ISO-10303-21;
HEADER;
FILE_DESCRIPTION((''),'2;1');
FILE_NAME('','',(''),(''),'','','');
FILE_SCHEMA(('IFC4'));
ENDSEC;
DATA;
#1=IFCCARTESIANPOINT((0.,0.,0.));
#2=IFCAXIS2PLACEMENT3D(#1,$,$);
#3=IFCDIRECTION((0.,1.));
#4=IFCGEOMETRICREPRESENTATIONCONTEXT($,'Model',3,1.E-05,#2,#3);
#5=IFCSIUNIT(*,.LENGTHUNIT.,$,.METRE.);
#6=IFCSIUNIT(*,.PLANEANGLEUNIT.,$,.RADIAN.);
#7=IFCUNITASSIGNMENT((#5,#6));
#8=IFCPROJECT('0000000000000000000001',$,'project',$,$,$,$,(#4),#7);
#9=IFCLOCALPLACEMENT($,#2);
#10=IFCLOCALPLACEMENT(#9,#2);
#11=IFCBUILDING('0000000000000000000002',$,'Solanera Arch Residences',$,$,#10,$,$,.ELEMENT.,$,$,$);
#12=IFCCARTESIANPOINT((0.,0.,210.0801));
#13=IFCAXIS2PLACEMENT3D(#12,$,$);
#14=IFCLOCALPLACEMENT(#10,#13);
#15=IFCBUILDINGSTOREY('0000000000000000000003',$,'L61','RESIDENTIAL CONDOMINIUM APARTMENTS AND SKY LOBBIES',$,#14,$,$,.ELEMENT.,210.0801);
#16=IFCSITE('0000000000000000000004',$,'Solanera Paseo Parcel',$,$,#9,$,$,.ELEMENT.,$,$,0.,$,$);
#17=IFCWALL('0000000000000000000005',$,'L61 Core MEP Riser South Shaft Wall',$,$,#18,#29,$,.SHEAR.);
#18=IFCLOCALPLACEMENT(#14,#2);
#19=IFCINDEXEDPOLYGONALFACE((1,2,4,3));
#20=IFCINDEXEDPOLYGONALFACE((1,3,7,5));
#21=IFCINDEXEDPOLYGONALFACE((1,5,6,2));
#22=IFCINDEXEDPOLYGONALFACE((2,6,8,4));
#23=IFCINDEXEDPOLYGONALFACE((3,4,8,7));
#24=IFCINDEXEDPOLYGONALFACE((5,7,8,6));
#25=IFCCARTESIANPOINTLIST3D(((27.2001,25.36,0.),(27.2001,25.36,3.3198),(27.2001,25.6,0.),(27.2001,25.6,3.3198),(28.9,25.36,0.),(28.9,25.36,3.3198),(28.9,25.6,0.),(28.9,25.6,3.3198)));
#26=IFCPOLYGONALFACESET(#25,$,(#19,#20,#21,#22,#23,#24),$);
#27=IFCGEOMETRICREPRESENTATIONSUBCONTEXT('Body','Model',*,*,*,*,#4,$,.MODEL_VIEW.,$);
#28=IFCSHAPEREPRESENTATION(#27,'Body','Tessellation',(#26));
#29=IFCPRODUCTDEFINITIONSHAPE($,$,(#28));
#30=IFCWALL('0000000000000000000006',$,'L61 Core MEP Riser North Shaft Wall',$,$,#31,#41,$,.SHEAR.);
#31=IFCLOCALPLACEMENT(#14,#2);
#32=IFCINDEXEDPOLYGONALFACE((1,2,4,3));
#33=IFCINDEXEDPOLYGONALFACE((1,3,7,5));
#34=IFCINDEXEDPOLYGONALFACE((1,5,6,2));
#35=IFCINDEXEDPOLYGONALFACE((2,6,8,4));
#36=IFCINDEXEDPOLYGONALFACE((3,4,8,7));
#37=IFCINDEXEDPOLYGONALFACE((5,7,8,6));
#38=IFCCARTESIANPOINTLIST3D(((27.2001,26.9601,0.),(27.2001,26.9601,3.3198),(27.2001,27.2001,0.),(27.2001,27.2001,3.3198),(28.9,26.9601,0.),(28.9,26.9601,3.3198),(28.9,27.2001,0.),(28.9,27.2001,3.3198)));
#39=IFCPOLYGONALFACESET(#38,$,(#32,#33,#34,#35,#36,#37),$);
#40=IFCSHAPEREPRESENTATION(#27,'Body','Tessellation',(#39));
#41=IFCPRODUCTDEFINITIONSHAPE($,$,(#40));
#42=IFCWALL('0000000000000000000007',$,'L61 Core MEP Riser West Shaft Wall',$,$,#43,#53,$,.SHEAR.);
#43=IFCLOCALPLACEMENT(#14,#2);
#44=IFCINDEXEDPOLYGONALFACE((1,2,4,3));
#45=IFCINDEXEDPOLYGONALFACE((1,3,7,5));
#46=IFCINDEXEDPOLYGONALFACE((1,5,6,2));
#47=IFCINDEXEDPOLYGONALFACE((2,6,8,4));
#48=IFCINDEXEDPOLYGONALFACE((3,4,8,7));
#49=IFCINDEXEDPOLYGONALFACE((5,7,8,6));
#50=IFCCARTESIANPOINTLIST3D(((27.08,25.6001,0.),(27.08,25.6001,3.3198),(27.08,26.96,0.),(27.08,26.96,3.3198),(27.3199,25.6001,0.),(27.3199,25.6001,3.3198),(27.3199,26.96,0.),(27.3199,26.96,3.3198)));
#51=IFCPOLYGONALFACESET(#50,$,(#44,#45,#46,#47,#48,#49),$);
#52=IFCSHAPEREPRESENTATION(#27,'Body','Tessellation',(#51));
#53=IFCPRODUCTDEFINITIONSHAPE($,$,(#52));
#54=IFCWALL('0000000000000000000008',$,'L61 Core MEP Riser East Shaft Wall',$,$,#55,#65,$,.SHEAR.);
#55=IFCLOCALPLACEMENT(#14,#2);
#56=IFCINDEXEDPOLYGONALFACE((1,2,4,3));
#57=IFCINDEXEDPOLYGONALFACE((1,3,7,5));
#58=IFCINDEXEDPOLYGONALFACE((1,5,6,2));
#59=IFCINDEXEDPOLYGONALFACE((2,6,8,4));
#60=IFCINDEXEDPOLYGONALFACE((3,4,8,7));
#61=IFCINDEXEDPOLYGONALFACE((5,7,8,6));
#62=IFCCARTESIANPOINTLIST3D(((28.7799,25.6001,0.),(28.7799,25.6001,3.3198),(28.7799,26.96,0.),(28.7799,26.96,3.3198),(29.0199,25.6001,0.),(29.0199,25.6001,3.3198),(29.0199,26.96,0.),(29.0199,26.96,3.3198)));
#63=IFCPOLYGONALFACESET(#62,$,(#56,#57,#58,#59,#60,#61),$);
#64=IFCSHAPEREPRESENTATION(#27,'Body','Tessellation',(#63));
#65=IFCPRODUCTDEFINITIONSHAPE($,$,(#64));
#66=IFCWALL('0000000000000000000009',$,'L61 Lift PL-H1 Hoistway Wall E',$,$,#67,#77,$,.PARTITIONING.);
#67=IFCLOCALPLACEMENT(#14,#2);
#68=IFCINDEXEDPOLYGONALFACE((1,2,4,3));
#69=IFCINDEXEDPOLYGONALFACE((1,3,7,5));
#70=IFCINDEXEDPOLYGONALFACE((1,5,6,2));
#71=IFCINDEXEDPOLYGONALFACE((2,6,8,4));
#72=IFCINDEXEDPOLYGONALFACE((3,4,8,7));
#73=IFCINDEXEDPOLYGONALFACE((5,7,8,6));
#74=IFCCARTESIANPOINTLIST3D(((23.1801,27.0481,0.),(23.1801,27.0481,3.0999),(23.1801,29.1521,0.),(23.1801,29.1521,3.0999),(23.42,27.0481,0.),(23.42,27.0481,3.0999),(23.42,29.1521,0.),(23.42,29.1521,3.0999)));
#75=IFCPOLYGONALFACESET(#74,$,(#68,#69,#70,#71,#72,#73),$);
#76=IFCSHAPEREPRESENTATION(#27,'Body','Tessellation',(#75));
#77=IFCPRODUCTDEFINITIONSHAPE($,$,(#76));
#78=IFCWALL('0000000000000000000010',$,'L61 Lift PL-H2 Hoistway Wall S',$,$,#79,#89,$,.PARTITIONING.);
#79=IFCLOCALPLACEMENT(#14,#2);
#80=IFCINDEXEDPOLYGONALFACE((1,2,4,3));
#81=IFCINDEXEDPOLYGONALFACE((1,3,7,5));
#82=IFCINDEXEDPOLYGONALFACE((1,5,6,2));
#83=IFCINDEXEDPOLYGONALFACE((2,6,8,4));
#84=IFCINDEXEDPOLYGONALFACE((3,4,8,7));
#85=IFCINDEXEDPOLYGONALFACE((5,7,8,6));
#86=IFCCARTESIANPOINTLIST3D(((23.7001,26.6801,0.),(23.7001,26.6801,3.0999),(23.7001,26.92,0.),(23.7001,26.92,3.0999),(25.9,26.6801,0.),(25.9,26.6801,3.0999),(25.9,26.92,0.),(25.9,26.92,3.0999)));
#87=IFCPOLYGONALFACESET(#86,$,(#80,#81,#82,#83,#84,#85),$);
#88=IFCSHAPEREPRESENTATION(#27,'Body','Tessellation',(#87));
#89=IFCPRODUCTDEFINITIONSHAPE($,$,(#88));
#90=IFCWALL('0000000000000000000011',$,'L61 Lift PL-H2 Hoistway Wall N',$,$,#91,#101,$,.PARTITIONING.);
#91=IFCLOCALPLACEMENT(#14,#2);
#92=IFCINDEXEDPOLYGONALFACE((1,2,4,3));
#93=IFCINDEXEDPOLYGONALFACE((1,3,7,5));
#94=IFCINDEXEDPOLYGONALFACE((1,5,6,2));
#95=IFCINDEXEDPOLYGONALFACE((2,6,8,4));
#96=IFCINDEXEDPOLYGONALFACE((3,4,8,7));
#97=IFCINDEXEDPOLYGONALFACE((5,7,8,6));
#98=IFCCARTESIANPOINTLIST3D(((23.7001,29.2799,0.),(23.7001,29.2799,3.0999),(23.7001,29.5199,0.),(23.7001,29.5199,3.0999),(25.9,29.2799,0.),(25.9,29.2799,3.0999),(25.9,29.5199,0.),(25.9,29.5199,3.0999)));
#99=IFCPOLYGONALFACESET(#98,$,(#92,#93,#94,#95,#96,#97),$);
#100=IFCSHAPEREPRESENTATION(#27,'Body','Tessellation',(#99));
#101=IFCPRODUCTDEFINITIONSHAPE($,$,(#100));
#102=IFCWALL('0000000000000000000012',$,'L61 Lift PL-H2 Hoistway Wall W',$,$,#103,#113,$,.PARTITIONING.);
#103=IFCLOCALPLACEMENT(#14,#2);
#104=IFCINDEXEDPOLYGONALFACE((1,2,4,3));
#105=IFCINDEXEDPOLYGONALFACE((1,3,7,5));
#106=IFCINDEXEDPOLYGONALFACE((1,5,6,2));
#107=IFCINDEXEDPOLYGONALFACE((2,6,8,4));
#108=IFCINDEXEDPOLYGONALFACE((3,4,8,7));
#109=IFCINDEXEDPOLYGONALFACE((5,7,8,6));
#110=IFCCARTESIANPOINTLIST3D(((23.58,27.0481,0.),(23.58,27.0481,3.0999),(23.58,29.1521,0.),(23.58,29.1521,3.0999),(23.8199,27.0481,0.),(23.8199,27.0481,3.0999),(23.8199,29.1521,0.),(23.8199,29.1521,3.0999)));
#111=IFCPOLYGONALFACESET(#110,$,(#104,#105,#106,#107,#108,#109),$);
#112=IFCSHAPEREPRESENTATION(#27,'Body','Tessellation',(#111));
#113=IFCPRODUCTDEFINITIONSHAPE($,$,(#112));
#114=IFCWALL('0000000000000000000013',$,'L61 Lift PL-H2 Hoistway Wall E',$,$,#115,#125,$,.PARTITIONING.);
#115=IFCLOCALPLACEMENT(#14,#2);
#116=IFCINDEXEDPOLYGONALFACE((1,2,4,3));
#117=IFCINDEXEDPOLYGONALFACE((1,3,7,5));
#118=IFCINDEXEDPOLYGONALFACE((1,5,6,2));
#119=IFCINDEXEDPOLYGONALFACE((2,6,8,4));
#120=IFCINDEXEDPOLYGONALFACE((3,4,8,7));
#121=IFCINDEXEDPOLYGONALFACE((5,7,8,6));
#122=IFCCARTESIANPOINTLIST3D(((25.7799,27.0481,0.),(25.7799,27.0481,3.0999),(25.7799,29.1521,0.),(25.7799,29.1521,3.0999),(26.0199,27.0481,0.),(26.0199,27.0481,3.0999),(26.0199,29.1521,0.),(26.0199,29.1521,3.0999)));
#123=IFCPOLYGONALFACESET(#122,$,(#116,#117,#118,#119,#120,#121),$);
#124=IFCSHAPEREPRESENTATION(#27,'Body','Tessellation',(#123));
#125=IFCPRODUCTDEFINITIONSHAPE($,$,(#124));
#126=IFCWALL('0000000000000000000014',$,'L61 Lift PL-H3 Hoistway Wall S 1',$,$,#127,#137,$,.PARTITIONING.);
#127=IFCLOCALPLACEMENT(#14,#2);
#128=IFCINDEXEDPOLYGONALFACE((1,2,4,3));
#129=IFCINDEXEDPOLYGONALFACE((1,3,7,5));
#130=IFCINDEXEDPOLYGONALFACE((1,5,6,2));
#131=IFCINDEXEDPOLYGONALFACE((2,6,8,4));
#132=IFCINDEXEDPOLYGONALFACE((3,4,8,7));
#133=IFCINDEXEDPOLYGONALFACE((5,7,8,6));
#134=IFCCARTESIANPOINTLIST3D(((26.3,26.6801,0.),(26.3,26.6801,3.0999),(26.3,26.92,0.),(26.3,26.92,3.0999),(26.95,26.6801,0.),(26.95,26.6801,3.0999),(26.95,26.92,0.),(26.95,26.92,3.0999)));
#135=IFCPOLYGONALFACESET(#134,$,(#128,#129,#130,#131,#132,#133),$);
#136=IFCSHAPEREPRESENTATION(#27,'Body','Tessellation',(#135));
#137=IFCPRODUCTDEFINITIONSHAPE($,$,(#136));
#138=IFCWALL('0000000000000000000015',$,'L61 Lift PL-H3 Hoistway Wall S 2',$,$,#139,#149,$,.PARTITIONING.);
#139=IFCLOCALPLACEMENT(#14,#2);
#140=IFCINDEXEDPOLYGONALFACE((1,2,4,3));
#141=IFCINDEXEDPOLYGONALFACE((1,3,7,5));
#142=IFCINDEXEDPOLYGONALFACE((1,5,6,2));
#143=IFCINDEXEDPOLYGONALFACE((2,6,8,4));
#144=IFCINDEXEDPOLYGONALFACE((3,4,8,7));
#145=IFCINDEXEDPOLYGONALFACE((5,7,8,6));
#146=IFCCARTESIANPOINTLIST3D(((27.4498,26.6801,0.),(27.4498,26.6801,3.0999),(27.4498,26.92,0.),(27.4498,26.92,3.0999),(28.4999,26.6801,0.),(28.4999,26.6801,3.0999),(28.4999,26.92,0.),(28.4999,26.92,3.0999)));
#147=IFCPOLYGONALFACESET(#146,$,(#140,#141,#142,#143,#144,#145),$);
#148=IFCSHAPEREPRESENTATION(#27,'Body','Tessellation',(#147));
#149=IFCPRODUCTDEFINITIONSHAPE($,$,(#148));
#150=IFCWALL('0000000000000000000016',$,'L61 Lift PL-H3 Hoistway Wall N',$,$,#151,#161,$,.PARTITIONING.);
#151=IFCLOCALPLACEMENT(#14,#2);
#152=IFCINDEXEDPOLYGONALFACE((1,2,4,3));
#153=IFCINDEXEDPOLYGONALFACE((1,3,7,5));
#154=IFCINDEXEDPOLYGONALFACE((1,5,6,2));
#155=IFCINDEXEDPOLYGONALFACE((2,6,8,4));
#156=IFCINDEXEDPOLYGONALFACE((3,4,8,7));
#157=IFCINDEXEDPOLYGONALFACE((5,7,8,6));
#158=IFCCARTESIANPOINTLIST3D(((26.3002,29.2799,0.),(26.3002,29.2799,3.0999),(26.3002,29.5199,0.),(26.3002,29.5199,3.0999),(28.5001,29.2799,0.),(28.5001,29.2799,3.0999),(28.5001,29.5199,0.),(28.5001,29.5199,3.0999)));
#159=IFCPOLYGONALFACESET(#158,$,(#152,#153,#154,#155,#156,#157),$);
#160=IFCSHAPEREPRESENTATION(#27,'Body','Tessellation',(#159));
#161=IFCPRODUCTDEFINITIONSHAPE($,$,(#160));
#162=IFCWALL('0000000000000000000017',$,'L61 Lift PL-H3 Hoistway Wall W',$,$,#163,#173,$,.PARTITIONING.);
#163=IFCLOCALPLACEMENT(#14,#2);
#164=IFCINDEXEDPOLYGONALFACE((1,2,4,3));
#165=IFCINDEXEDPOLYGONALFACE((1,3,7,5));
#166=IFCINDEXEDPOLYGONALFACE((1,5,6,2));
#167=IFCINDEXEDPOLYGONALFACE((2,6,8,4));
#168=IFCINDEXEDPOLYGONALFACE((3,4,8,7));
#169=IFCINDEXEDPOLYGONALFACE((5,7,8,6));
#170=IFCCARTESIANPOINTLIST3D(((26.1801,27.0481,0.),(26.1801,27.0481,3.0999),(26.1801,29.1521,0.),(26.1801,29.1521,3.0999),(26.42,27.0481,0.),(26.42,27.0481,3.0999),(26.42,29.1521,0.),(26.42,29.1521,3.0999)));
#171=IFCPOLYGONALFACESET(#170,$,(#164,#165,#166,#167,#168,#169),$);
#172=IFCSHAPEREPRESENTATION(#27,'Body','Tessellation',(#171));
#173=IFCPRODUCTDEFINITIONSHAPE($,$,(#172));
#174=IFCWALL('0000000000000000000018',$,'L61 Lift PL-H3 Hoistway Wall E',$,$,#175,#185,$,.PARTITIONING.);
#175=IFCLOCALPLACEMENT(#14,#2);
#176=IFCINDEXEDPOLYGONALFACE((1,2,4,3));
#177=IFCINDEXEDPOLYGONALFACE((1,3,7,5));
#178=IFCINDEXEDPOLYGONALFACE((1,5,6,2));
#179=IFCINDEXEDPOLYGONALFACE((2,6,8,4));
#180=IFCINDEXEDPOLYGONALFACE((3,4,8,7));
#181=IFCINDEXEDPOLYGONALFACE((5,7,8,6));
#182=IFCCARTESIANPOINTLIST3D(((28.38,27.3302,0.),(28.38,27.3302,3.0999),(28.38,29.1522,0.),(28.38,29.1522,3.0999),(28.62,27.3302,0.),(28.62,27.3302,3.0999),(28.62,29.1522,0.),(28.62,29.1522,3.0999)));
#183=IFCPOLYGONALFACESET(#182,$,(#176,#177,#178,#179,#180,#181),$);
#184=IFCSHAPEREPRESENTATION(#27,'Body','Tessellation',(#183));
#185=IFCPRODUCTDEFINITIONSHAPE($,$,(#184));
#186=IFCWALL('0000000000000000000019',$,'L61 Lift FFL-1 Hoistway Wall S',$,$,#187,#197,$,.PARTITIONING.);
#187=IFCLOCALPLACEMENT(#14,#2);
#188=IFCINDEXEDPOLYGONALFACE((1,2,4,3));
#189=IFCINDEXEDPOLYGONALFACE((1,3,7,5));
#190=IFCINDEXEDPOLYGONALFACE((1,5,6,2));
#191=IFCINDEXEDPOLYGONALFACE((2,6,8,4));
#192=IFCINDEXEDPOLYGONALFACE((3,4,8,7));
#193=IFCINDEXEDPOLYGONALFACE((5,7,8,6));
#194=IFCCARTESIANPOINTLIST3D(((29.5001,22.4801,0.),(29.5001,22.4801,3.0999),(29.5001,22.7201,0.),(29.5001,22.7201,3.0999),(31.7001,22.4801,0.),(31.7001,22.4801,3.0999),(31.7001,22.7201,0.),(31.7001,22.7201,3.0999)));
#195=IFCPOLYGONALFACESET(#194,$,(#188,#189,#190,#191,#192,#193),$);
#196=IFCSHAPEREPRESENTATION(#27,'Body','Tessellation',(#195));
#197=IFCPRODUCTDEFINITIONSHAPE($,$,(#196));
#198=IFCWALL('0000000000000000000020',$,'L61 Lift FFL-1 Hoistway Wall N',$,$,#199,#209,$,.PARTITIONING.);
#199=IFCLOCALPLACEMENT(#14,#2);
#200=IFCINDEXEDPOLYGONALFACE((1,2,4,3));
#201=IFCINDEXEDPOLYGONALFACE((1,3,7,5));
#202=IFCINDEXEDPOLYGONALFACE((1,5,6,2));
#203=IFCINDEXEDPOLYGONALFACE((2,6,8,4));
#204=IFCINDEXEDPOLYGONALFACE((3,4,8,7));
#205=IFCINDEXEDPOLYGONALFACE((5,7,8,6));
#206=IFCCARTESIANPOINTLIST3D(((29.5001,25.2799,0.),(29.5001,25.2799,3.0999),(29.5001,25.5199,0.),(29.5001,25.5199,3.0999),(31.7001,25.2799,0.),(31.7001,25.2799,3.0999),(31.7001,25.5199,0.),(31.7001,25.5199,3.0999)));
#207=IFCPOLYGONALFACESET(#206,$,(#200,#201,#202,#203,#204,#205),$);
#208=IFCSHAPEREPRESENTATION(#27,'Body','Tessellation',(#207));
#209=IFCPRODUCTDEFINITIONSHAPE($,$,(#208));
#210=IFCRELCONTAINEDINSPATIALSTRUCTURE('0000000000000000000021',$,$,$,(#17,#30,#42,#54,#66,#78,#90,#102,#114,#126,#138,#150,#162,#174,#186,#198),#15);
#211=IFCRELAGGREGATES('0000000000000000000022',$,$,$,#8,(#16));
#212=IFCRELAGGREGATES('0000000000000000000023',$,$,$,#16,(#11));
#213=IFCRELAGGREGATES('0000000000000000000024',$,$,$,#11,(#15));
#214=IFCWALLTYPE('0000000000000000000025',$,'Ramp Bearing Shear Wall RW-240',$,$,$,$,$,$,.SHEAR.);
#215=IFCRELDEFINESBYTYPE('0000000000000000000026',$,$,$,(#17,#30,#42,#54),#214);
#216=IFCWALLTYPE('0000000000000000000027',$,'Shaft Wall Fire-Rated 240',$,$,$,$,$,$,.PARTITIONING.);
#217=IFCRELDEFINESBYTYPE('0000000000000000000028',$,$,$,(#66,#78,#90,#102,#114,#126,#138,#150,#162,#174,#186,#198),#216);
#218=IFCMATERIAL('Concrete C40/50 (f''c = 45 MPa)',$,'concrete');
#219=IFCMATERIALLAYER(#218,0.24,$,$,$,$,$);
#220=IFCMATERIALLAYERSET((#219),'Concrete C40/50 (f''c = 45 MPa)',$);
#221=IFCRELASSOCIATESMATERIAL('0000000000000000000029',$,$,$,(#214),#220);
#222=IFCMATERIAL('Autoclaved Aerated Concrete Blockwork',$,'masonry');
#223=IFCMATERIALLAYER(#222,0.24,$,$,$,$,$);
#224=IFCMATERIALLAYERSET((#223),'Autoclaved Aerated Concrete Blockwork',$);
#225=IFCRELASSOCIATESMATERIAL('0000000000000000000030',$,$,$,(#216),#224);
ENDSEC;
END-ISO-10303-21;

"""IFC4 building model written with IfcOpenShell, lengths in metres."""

from ifc_helpers import new_model, si_unit, direction, frame, frame_2d, origin, place, context, subcontext, project, spatial, rectangle, extrude, material, layer, layer_set, type_object, element, save


model = new_model("IFC4")

# Units and contexts
model_context = context("Model", 3, precision=1e-05, world=origin(), true_north=direction((0.0, 1.0)))
body_context = subcontext(model_context, "Body", "Model", "MODEL_VIEW")
ifc_project = project(units=[si_unit("LENGTHUNIT", "METRE"), si_unit("PLANEANGLEUNIT", "RADIAN")], contexts=[model_context])

# Site, building, storey
site_placement = place(None, origin())
site = spatial("IfcSite", under=ifc_project, at=site_placement, Name="Solanera Paseo Parcel", CompositionType="ELEMENT", RefElevation=0.0)
building_placement = place(site_placement, origin())
building = spatial("IfcBuilding", under=site, at=building_placement, Name="Solanera Arch Residences", CompositionType="ELEMENT")
storey_placement = place(building_placement, frame((0.0, 0.0, 210.0801)))
storey = spatial("IfcBuildingStorey", under=building, at=storey_placement, Name="L61", Description="RESIDENTIAL CONDOMINIUM APARTMENTS AND SKY LOBBIES", CompositionType="ELEMENT", Elevation=210.0801)

# Walls
ifc_material_1 = material(Name="Concrete C40/50 (f'c = 45 MPa)", Category="concrete")
ifc_layer_1 = layer(ifc_material_1, 0.24)
ifc_layer_set_1 = layer_set([ifc_layer_1], Name="Concrete C40/50 (f'c = 45 MPa)")
wall_type_1 = type_object("IfcWallType", Name="Ramp Bearing Shear Wall RW-240", PredefinedType="SHEAR", material=ifc_layer_set_1)
for number, where, z_axis, x_axis, name in (
    (1, (27.2, 25.48, 0.0), (0.0, 0.0, 1.0), (1.0, 0.0, 0.0), "L61 Core MEP Riser South Shaft Wall"),
    (2, (27.2, 27.0801, 0.0), (0.0, 0.0, 1.0), (1.0, 0.0, 0.0), "L61 Core MEP Riser North Shaft Wall"),
):
    element("IfcWall", number, at=place(storey_placement, frame(where, z_axis=z_axis, x_axis=x_axis)), inside=storey, type_object=wall_type_1, Name=name, PredefinedType="SHEAR", context=body_context, shape_type="SweptSolid", body=[
        extrude(rectangle(XDim=1.7, YDim=0.24, at=frame_2d((0.8501, 0.0))), origin(), (0.0, 0.0, 1.0), 3.3198),
    ])
for number, where, z_axis, x_axis, name in (
    (3, (27.2, 25.6001, 0.0), (0.0, 0.0, 1.0), (0.0, 1.0, 0.0), "L61 Core MEP Riser West Shaft Wall"),
    (4, (28.8999, 25.6001, 0.0), (0.0, 0.0, 1.0), (0.0, 1.0, 0.0), "L61 Core MEP Riser East Shaft Wall"),
):
    element("IfcWall", number, at=place(storey_placement, frame(where, z_axis=z_axis, x_axis=x_axis)), inside=storey, type_object=wall_type_1, Name=name, PredefinedType="SHEAR", context=body_context, shape_type="SweptSolid", body=[
        extrude(rectangle(XDim=1.3599, YDim=0.24, at=frame_2d((0.6799, 0.0))), origin(), (0.0, 0.0, 1.0), 3.3198),
    ])
ifc_material_2 = material(Name="Autoclaved Aerated Concrete Blockwork", Category="masonry")
ifc_layer_2 = layer(ifc_material_2, 0.24)
ifc_layer_set_2 = layer_set([ifc_layer_2], Name="Autoclaved Aerated Concrete Blockwork")
wall_type_2 = type_object("IfcWallType", Name="Shaft Wall Fire-Rated 240", PredefinedType="PARTITIONING", material=ifc_layer_set_2)
wall_1_placement = place(storey_placement, frame((23.3, 27.0481, 0.0), z_axis=(0.0, 0.0, 1.0), x_axis=(0.0, 1.0, 0.0)))
element("IfcWall", 5, at=wall_1_placement, inside=storey, type_object=wall_type_2, Name="L61 Lift PL-H1 Hoistway Wall E", PredefinedType="PARTITIONING", context=body_context, shape_type="SweptSolid", body=[
    extrude(rectangle(XDim=2.104, YDim=0.24, at=frame_2d((1.052, 0.0))), origin(), (0.0, 0.0, 1.0), 3.0999),
])
for number, where, z_axis, x_axis, name in (
    (6, (23.7, 26.8, 0.0), (0.0, 0.0, 1.0), (1.0, 0.0, 0.0), "L61 Lift PL-H2 Hoistway Wall S"),
    (7, (23.7, 29.3999, 0.0), (0.0, 0.0, 1.0), (1.0, 0.0, 0.0), "L61 Lift PL-H2 Hoistway Wall N"),
):
    element("IfcWall", number, at=place(storey_placement, frame(where, z_axis=z_axis, x_axis=x_axis)), inside=storey, type_object=wall_type_2, Name=name, PredefinedType="PARTITIONING", context=body_context, shape_type="SweptSolid", body=[
        extrude(rectangle(XDim=2.2, YDim=0.24, at=frame_2d((1.1001, 0.0))), origin(), (0.0, 0.0, 1.0), 3.0999),
    ])
for number, where, z_axis, x_axis, name in (
    (8, (23.7, 27.0481, 0.0), (0.0, 0.0, 1.0), (0.0, 1.0, 0.0), "L61 Lift PL-H2 Hoistway Wall W"),
    (9, (25.8999, 27.0481, 0.0), (0.0, 0.0, 1.0), (0.0, 1.0, 0.0), "L61 Lift PL-H2 Hoistway Wall E"),
):
    element("IfcWall", number, at=place(storey_placement, frame(where, z_axis=z_axis, x_axis=x_axis)), inside=storey, type_object=wall_type_2, Name=name, PredefinedType="PARTITIONING", context=body_context, shape_type="SweptSolid", body=[
        extrude(rectangle(XDim=2.104, YDim=0.24, at=frame_2d((1.052, 0.0))), origin(), (0.0, 0.0, 1.0), 3.0999),
    ])
wall_2_placement = place(storey_placement, frame((26.3, 26.8, 0.0), z_axis=(0.0, 0.0, 1.0), x_axis=(1.0, 0.0, 0.0)))
element("IfcWall", 10, at=wall_2_placement, inside=storey, type_object=wall_type_2, Name="L61 Lift PL-H3 Hoistway Wall S 1", PredefinedType="PARTITIONING", context=body_context, shape_type="SweptSolid", body=[
    extrude(rectangle(XDim=0.6499, YDim=0.24, at=frame_2d((0.325, 0.0))), origin(), (0.0, 0.0, 1.0), 3.0999),
])
wall_3_placement = place(storey_placement, frame((27.45, 26.8, 0.0), z_axis=(0.0, 0.0, 1.0), x_axis=(1.0, 0.0, 0.0)))
element("IfcWall", 11, at=wall_3_placement, inside=storey, type_object=wall_type_2, Name="L61 Lift PL-H3 Hoistway Wall S 2", PredefinedType="PARTITIONING", context=body_context, shape_type="SweptSolid", body=[
    extrude(rectangle(XDim=1.05, YDim=0.24, at=frame_2d((0.5249, 0.0))), origin(), (0.0, 0.0, 1.0), 3.0999),
])
wall_4_placement = place(storey_placement, frame((26.3, 29.3999, 0.0), z_axis=(0.0, 0.0, 1.0), x_axis=(1.0, 0.0, 0.0)))
element("IfcWall", 12, at=wall_4_placement, inside=storey, type_object=wall_type_2, Name="L61 Lift PL-H3 Hoistway Wall N", PredefinedType="PARTITIONING", context=body_context, shape_type="SweptSolid", body=[
    extrude(rectangle(XDim=2.2, YDim=0.24, at=frame_2d((1.1001, 0.0))), origin(), (0.0, 0.0, 1.0), 3.0999),
])
wall_5_placement = place(storey_placement, frame((26.3, 27.0481, 0.0), z_axis=(0.0, 0.0, 1.0), x_axis=(0.0, 1.0, 0.0)))
element("IfcWall", 13, at=wall_5_placement, inside=storey, type_object=wall_type_2, Name="L61 Lift PL-H3 Hoistway Wall W", PredefinedType="PARTITIONING", context=body_context, shape_type="SweptSolid", body=[
    extrude(rectangle(XDim=2.104, YDim=0.24, at=frame_2d((1.052, 0.0))), origin(), (0.0, 0.0, 1.0), 3.0999),
])
wall_6_placement = place(storey_placement, frame((28.5, 27.3301, 0.0), z_axis=(0.0, 0.0, 1.0), x_axis=(0.0, 1.0, 0.0)))
element("IfcWall", 14, at=wall_6_placement, inside=storey, type_object=wall_type_2, Name="L61 Lift PL-H3 Hoistway Wall E", PredefinedType="PARTITIONING", context=body_context, shape_type="SweptSolid", body=[
    extrude(rectangle(XDim=1.822, YDim=0.24, at=frame_2d((0.9111, 0.0))), origin(), (0.0, 0.0, 1.0), 3.0999),
])
for number, where, z_axis, x_axis, name in (
    (15, (29.5, 22.6001, 0.0), (0.0, 0.0, 1.0), (1.0, 0.0, 0.0), "L61 Lift FFL-1 Hoistway Wall S"),
    (16, (29.5, 25.3999, 0.0), (0.0, 0.0, 1.0), (1.0, 0.0, 0.0), "L61 Lift FFL-1 Hoistway Wall N"),
):
    element("IfcWall", number, at=place(storey_placement, frame(where, z_axis=z_axis, x_axis=x_axis)), inside=storey, type_object=wall_type_2, Name=name, PredefinedType="PARTITIONING", context=body_context, shape_type="SweptSolid", body=[
        extrude(rectangle(XDim=2.2, YDim=0.24, at=frame_2d((1.1001, 0.0))), origin(), (0.0, 0.0, 1.0), 3.0999),
    ])

save(model, "model.ifc")
